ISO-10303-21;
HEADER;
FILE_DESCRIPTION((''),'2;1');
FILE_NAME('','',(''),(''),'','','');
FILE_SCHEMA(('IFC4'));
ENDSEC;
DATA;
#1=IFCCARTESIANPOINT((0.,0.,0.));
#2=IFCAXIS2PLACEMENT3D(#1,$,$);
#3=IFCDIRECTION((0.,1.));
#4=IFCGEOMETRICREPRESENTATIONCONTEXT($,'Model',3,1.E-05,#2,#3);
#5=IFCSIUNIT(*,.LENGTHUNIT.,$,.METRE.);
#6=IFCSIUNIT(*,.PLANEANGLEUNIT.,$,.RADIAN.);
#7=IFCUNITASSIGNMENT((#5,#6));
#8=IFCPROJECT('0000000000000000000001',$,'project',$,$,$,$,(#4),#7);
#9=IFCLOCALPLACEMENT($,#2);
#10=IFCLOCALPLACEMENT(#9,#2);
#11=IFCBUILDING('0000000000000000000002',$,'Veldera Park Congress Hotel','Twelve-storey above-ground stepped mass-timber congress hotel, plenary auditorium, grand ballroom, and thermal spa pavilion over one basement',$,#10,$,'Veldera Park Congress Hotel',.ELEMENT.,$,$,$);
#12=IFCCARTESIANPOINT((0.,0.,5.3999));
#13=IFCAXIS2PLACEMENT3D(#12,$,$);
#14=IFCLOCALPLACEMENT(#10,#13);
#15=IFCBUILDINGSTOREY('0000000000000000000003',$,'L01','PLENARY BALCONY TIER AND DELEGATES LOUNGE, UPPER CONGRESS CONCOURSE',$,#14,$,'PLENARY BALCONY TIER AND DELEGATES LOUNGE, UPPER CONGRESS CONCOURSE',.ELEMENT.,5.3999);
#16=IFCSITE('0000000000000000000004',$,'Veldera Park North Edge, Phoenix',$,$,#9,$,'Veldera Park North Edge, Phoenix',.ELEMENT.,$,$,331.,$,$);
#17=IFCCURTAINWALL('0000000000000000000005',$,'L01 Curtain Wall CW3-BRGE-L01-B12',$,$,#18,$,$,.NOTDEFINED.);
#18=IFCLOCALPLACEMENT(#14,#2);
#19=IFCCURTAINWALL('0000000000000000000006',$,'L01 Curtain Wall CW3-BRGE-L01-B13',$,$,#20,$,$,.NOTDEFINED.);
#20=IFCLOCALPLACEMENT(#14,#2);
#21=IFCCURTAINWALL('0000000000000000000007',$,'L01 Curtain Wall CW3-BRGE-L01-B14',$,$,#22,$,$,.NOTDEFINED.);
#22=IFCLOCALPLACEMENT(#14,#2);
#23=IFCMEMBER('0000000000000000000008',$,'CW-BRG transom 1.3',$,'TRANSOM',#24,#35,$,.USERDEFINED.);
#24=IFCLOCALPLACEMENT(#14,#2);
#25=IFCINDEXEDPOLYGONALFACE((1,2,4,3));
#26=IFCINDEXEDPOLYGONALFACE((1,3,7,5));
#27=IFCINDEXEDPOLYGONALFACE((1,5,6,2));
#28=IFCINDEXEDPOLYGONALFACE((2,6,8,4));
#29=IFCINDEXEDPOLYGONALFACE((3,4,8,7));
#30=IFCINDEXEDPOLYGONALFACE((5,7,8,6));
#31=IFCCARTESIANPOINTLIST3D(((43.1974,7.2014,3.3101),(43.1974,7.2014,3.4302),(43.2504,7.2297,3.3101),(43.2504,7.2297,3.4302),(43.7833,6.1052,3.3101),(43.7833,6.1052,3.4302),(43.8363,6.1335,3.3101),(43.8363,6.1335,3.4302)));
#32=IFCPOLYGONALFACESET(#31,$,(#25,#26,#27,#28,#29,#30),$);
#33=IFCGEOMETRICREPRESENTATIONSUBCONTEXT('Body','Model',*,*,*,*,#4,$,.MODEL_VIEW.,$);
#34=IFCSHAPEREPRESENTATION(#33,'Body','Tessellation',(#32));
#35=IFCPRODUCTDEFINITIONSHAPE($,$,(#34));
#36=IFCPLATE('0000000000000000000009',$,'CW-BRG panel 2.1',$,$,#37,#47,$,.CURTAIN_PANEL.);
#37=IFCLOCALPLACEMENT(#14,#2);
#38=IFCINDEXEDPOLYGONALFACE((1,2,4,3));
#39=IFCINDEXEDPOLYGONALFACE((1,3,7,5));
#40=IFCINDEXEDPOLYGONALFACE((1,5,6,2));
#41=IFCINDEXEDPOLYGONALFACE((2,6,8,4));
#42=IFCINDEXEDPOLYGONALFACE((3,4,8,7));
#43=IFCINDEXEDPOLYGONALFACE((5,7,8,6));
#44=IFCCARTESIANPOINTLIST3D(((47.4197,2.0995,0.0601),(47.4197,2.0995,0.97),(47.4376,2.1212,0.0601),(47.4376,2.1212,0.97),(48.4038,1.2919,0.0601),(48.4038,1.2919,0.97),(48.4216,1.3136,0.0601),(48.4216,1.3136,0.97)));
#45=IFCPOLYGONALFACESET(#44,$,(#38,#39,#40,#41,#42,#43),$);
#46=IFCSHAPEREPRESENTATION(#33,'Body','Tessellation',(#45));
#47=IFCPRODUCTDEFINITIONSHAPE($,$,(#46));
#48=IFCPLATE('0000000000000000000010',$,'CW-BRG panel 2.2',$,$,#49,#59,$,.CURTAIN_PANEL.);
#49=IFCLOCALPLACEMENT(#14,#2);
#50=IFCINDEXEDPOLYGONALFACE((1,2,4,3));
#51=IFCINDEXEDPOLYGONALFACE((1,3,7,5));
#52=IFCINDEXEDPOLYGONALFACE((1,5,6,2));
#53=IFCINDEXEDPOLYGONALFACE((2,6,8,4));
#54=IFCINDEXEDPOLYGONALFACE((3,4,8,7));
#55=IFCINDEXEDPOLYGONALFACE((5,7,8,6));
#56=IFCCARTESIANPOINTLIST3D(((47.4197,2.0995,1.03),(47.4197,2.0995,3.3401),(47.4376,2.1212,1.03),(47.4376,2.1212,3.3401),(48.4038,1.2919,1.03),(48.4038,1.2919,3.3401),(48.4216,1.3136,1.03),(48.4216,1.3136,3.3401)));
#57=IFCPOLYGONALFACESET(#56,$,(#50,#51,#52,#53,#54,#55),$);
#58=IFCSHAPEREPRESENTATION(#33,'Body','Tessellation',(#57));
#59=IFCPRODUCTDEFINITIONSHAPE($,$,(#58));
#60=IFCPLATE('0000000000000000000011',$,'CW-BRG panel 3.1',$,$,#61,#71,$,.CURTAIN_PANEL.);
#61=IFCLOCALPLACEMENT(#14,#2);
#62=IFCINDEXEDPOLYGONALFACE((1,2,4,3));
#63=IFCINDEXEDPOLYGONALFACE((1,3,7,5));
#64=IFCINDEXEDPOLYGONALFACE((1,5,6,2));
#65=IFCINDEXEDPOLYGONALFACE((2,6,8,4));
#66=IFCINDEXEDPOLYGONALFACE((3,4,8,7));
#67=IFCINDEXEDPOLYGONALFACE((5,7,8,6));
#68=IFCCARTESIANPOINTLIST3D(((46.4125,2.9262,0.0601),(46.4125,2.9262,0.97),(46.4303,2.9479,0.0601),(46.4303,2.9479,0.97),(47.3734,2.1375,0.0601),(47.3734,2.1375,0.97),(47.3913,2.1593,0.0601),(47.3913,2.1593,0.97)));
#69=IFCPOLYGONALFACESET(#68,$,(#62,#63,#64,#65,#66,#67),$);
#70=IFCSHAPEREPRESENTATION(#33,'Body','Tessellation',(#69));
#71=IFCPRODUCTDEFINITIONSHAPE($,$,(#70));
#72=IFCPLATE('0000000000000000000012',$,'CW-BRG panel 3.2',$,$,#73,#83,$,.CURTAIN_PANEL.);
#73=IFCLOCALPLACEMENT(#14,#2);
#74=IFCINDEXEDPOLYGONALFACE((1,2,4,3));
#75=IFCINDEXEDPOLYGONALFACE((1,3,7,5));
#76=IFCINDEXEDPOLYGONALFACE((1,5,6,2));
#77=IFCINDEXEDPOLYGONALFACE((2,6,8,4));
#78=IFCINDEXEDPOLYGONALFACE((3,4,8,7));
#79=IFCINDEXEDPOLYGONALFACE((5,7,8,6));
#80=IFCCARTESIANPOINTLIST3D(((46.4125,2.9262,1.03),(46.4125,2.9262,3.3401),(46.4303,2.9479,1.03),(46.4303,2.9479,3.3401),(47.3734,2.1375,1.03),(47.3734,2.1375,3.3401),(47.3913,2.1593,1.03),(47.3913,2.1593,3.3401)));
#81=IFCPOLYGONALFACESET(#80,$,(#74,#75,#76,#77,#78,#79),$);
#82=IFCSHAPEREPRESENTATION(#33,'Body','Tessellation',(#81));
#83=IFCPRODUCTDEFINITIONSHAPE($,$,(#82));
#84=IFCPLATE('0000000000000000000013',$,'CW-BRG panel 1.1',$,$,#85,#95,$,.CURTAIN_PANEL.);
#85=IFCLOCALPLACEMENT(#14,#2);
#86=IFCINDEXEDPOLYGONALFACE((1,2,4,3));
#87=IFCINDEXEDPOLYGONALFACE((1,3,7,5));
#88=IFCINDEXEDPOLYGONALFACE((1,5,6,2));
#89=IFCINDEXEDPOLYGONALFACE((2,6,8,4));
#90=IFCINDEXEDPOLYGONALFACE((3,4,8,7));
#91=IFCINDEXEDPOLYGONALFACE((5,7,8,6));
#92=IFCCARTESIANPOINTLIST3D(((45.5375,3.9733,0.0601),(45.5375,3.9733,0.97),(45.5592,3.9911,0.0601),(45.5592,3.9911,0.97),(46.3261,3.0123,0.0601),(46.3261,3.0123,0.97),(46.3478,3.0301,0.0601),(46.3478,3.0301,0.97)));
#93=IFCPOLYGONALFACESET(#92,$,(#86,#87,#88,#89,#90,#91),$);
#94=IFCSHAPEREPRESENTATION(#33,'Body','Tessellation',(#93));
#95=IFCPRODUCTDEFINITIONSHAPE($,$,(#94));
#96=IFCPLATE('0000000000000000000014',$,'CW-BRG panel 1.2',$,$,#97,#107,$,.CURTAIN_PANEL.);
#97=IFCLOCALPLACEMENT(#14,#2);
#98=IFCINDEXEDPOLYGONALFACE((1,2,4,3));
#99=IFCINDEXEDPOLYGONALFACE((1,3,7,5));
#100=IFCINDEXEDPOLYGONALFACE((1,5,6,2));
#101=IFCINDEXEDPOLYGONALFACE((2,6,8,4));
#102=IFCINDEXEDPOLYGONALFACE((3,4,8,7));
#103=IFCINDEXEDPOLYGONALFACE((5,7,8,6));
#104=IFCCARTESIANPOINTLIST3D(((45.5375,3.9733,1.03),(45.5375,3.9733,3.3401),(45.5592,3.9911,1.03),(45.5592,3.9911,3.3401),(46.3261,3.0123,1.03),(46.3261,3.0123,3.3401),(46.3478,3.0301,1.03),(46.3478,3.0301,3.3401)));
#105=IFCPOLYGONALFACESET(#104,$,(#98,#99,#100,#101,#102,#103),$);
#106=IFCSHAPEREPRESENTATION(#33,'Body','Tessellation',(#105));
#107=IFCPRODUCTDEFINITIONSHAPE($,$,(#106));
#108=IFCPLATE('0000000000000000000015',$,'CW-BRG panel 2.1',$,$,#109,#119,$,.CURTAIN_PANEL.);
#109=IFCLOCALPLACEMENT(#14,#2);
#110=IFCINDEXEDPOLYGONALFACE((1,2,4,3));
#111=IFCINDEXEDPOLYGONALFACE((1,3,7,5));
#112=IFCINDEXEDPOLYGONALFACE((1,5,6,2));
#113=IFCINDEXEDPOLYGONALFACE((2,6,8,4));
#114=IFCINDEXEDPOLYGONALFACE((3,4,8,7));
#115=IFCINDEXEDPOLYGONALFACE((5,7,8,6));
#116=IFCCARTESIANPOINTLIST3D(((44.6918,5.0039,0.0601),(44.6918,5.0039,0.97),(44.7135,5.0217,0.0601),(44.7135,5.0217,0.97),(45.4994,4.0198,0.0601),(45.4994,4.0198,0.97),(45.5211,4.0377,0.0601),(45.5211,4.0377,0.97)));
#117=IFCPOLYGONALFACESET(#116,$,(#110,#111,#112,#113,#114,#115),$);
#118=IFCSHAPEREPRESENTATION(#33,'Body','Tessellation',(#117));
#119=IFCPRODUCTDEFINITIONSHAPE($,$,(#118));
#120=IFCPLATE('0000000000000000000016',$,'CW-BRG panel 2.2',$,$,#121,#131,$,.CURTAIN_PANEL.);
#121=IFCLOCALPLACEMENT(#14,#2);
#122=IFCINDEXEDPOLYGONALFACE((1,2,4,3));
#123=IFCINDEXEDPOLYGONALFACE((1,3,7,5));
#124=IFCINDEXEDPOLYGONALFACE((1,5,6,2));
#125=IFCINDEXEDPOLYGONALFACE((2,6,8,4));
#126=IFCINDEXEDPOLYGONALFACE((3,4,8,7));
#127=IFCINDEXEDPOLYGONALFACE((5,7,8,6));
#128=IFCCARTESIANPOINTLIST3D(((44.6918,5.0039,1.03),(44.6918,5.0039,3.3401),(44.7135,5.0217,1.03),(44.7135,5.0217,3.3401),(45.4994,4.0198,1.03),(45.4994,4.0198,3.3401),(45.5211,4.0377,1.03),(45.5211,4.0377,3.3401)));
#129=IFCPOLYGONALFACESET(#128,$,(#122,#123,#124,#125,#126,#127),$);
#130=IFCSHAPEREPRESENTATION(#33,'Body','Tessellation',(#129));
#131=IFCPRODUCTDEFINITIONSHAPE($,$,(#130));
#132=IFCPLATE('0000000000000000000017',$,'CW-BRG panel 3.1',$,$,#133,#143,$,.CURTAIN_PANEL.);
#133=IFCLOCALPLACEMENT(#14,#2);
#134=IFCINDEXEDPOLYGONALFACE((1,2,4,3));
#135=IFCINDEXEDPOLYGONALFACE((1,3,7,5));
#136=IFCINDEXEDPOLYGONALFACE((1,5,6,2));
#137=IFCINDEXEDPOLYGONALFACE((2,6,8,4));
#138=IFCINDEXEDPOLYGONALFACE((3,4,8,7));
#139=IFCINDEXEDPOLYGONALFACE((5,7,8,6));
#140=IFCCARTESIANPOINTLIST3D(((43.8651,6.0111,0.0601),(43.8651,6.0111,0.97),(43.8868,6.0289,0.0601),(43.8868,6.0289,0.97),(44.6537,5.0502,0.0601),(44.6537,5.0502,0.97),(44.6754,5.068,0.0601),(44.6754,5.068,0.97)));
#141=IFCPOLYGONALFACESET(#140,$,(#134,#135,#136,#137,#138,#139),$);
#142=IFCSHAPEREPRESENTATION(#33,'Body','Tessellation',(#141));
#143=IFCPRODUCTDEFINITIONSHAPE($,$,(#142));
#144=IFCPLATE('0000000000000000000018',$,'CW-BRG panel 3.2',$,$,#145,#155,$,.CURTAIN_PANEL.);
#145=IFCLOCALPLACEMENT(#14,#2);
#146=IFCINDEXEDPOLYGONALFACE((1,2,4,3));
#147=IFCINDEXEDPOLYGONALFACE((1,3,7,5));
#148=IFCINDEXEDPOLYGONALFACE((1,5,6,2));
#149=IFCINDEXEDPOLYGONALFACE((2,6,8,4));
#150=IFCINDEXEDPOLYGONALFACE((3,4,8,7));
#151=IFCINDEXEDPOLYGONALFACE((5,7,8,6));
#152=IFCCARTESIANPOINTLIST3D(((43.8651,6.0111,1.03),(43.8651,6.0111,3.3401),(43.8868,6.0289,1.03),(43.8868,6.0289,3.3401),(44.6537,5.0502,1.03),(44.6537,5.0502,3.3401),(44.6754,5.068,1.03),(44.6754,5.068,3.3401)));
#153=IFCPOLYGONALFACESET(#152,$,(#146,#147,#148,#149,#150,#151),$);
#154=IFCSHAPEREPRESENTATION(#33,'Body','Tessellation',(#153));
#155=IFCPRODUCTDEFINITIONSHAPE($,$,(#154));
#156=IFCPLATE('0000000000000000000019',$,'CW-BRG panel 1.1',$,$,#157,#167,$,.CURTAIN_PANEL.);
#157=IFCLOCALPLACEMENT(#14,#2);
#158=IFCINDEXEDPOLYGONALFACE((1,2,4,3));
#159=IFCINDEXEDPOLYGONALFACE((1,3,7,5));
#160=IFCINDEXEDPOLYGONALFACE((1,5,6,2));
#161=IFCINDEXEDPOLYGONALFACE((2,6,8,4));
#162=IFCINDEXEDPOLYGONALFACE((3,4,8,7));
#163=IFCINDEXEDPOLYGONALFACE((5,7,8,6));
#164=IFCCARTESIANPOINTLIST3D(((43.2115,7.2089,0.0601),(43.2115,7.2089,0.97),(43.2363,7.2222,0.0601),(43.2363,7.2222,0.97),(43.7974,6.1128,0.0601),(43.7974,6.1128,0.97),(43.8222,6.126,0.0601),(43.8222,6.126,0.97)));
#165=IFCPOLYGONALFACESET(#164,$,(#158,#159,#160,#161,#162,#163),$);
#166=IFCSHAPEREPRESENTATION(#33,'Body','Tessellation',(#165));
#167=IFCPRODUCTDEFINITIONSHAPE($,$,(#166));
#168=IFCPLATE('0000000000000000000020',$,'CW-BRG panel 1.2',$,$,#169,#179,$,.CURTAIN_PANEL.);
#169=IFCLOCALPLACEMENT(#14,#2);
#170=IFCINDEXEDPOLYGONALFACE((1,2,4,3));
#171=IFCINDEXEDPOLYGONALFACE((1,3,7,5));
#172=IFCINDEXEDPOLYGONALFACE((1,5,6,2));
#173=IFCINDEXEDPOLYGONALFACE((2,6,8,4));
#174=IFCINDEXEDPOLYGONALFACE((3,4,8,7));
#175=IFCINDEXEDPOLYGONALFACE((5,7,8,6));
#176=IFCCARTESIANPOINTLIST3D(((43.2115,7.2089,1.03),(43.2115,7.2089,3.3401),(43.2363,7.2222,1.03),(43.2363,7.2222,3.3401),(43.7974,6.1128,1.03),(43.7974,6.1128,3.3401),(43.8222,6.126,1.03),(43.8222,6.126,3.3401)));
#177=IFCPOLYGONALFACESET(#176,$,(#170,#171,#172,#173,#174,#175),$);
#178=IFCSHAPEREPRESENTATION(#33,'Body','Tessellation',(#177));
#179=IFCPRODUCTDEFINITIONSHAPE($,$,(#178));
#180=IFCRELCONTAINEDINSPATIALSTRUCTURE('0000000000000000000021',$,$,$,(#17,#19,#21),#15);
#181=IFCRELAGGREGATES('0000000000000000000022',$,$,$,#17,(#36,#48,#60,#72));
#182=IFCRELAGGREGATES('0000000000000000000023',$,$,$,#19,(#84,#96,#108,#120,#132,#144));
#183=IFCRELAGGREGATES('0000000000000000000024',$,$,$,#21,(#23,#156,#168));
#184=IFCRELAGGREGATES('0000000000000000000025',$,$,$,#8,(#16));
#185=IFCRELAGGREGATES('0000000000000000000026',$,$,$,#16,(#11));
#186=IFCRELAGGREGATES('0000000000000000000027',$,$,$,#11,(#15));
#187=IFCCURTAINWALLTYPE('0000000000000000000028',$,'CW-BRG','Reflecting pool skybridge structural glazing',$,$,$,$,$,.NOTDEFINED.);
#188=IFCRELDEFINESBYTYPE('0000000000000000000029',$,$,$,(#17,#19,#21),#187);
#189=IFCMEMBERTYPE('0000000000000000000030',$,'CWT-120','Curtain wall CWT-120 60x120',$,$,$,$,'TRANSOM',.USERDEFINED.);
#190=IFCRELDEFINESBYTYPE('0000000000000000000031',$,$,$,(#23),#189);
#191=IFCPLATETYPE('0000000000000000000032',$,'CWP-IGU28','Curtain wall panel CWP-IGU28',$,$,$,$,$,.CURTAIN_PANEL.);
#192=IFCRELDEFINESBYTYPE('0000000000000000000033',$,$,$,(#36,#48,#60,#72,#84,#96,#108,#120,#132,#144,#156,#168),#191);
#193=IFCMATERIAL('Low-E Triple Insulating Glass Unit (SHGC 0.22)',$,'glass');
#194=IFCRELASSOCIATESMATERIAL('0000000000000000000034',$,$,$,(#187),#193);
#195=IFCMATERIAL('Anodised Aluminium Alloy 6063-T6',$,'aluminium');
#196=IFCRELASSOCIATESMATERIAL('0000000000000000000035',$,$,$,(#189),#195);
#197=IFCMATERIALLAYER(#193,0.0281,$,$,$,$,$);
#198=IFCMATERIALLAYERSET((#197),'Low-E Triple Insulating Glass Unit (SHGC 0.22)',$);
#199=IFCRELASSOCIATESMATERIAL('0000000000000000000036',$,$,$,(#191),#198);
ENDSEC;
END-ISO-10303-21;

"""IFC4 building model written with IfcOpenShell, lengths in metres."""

from ifc_helpers import new_model, si_unit, direction, frame, origin, origin_2d, place, context, subcontext, project, spatial, rectangle, extrude, material, layer, layer_set, material_profile, profile_set, type_object, element, aggregate, save


model = new_model("IFC4")

# Units and contexts
model_context = context("Model", 3, precision=1e-05, world=origin(), true_north=direction((0.0, 1.0)))
body_context = subcontext(model_context, "Body", "Model", "MODEL_VIEW")
ifc_project = project(units=[si_unit("LENGTHUNIT", "METRE"), si_unit("PLANEANGLEUNIT", "RADIAN")], contexts=[model_context])

# Site, building, storey
site_placement = place(None, origin())
site = spatial("IfcSite", under=ifc_project, at=site_placement, Name="Veldera Park North Edge, Phoenix", LongName="Veldera Park North Edge, Phoenix", CompositionType="ELEMENT", RefElevation=331.0)
building_placement = place(site_placement, origin())
building = spatial("IfcBuilding", under=site, at=building_placement, Name="Veldera Park Congress Hotel", Description="Twelve-storey above-ground stepped mass-timber congress hotel, plenary auditorium, grand ballroom, and thermal spa pavilion over one basement", LongName="Veldera Park Congress Hotel", CompositionType="ELEMENT")
storey_placement = place(building_placement, frame((0.0, 0.0, 5.3999)))
storey = spatial("IfcBuildingStorey", under=building, at=storey_placement, Name="L01", Description="PLENARY BALCONY TIER AND DELEGATES LOUNGE, UPPER CONGRESS CONCOURSE", LongName="PLENARY BALCONY TIER AND DELEGATES LOUNGE, UPPER CONGRESS CONCOURSE", CompositionType="ELEMENT", Elevation=5.3999)

# Curtain walls
ifc_material_1 = material(Name="Low-E Triple Insulating Glass Unit (SHGC 0.22)", Category="glass")
curtain_wall_type = type_object("IfcCurtainWallType", Name="CW-BRG", Description="Reflecting pool skybridge structural glazing", PredefinedType="NOTDEFINED", material=ifc_material_1)
curtain_wall_1_placement = place(storey_placement, origin())
curtain_wall_1 = element("IfcCurtainWall", 1, at=curtain_wall_1_placement, inside=storey, type_object=curtain_wall_type, Name="L01 Curtain Wall CW3-BRGE-L01-B12", PredefinedType="NOTDEFINED")
ifc_material_2 = material(Name="Anodised Aluminium Alloy 6063-T6", Category="aluminium")
curtain_wall_2_placement = place(storey_placement, origin())
curtain_wall_2 = element("IfcCurtainWall", 2, at=curtain_wall_2_placement, inside=storey, type_object=curtain_wall_type, Name="L01 Curtain Wall CW3-BRGE-L01-B13", PredefinedType="NOTDEFINED")

# Curtain wall
curtain_wall_3_placement = place(storey_placement, origin())
curtain_wall_3 = element("IfcCurtainWall", 3, at=curtain_wall_3_placement, inside=storey, type_object=curtain_wall_type, Name="L01 Curtain Wall CW3-BRGE-L01-B14", PredefinedType="NOTDEFINED")

# Member
ifc_material_profile_1 = material_profile(ifc_material_2, rectangle(XDim=0.0601, YDim=0.1201, at=origin_2d()), Name="ALU 60x120")
ifc_profile_set_1 = profile_set([ifc_material_profile_1], Name="Anodised Aluminium Alloy 6063-T6")
member_type_1 = type_object("IfcMemberType", Name="CWT-120", Description="Curtain wall CWT-120 60x120", ElementType="TRANSOM", PredefinedType="USERDEFINED", material=ifc_profile_set_1)
member_1_placement = place(storey_placement, frame((43.8098, 6.1194, 3.3701), z_axis=(-0.471404, 0.881918, 0.0), x_axis=(-0.881918, -0.471404, 0.0)))
member_1 = element("IfcMember", 4, at=member_1_placement, type_object=member_type_1, Name="CW-BRG transom 1.3", ObjectType="TRANSOM", PredefinedType="USERDEFINED", context=body_context, shape_type="SweptSolid", body=[
    extrude(rectangle(XDim=0.0601, YDim=0.1201, at=origin_2d()), origin(), (0.0, 0.0, 1.0), 1.2429),
])

# Plates
ifc_layer = layer(ifc_material_1, 0.0281)
ifc_layer_set = layer_set([ifc_layer], Name="Low-E Triple Insulating Glass Unit (SHGC 0.22)")
plate_type = type_object("IfcPlateType", Name="CWP-IGU28", Description="Curtain wall panel CWP-IGU28", PredefinedType="CURTAIN_PANEL", material=ifc_layer_set)
plate_1_placement = place(storey_placement, frame((47.9207, 1.7065, 0.0601), z_axis=(0.0, 0.0, 1.0), x_axis=(-0.773016, 0.634386, 0.0)))
plate_1 = element("IfcPlate", 5, at=plate_1_placement, type_object=plate_type, Name="CW-BRG panel 2.1", PredefinedType="CURTAIN_PANEL", context=body_context, shape_type="SweptSolid", body=[
    extrude(rectangle(XDim=1.2729, YDim=0.0281, at=origin_2d()), origin(), (0.0, 0.0, 1.0), 0.9099),
])
plate_2_placement = place(storey_placement, frame((47.9207, 1.7065, 1.03), z_axis=(0.0, 0.0, 1.0), x_axis=(-0.773016, 0.634386, 0.0)))
plate_2 = element("IfcPlate", 6, at=plate_2_placement, type_object=plate_type, Name="CW-BRG panel 2.2", PredefinedType="CURTAIN_PANEL", context=body_context, shape_type="SweptSolid", body=[
    extrude(rectangle(XDim=1.2729, YDim=0.0281, at=origin_2d()), origin(), (0.0, 0.0, 1.0), 2.3101),
])
plate_3_placement = place(storey_placement, frame((46.9019, 2.5427, 0.0601), z_axis=(0.0, 0.0, 1.0), x_axis=(-0.773016, 0.634386, 0.0)))
plate_3 = element("IfcPlate", 7, at=plate_3_placement, type_object=plate_type, Name="CW-BRG panel 3.1", PredefinedType="CURTAIN_PANEL", context=body_context, shape_type="SweptSolid", body=[
    extrude(rectangle(XDim=1.2432, YDim=0.0281, at=origin_2d()), origin(), (0.0, 0.0, 1.0), 0.9099),
])
plate_4_placement = place(storey_placement, frame((46.9019, 2.5427, 1.03), z_axis=(0.0, 0.0, 1.0), x_axis=(-0.773016, 0.634386, 0.0)))
plate_4 = element("IfcPlate", 8, at=plate_4_placement, type_object=plate_type, Name="CW-BRG panel 3.2", PredefinedType="CURTAIN_PANEL", context=body_context, shape_type="SweptSolid", body=[
    extrude(rectangle(XDim=1.2432, YDim=0.0281, at=origin_2d()), origin(), (0.0, 0.0, 1.0), 2.3101),
])
aggregate(curtain_wall_1, [plate_1, plate_2, plate_3, plate_4])
plate_5_placement = place(storey_placement, frame((45.9426, 3.5017, 0.0601), z_axis=(0.0, 0.0, 1.0), x_axis=(-0.634386, 0.773016, 0.0)))
plate_5 = element("IfcPlate", 9, at=plate_5_placement, type_object=plate_type, Name="CW-BRG panel 1.1", PredefinedType="CURTAIN_PANEL", context=body_context, shape_type="SweptSolid", body=[
    extrude(rectangle(XDim=1.2432, YDim=0.0281, at=origin_2d()), origin(), (0.0, 0.0, 1.0), 0.9099),
])
plate_6_placement = place(storey_placement, frame((45.9426, 3.5017, 1.03), z_axis=(0.0, 0.0, 1.0), x_axis=(-0.634386, 0.773016, 0.0)))
plate_6 = element("IfcPlate", 10, at=plate_6_placement, type_object=plate_type, Name="CW-BRG panel 1.2", PredefinedType="CURTAIN_PANEL", context=body_context, shape_type="SweptSolid", body=[
    extrude(rectangle(XDim=1.2432, YDim=0.0281, at=origin_2d()), origin(), (0.0, 0.0, 1.0), 2.3101),
])
plate_7_placement = place(storey_placement, frame((45.1064, 4.5208, 0.0601), z_axis=(0.0, 0.0, 1.0), x_axis=(-0.634386, 0.773016, 0.0)))
plate_7 = element("IfcPlate", 11, at=plate_7_placement, type_object=plate_type, Name="CW-BRG panel 2.1", PredefinedType="CURTAIN_PANEL", context=body_context, shape_type="SweptSolid", body=[
    extrude(rectangle(XDim=1.2729, YDim=0.0281, at=origin_2d()), origin(), (0.0, 0.0, 1.0), 0.9099),
])
plate_8_placement = place(storey_placement, frame((45.1064, 4.5208, 1.03), z_axis=(0.0, 0.0, 1.0), x_axis=(-0.634386, 0.773016, 0.0)))
plate_8 = element("IfcPlate", 12, at=plate_8_placement, type_object=plate_type, Name="CW-BRG panel 2.2", PredefinedType="CURTAIN_PANEL", context=body_context, shape_type="SweptSolid", body=[
    extrude(rectangle(XDim=1.2729, YDim=0.0281, at=origin_2d()), origin(), (0.0, 0.0, 1.0), 2.3101),
])
plate_9_placement = place(storey_placement, frame((44.2703, 5.5396, 0.0601), z_axis=(0.0, 0.0, 1.0), x_axis=(-0.634386, 0.773016, 0.0)))
plate_9 = element("IfcPlate", 13, at=plate_9_placement, type_object=plate_type, Name="CW-BRG panel 3.1", PredefinedType="CURTAIN_PANEL", context=body_context, shape_type="SweptSolid", body=[
    extrude(rectangle(XDim=1.2432, YDim=0.0281, at=origin_2d()), origin(), (0.0, 0.0, 1.0), 0.9099),
])
plate_10_placement = place(storey_placement, frame((44.2703, 5.5396, 1.03), z_axis=(0.0, 0.0, 1.0), x_axis=(-0.634386, 0.773016, 0.0)))
plate_10 = element("IfcPlate", 14, at=plate_10_placement, type_object=plate_type, Name="CW-BRG panel 3.2", PredefinedType="CURTAIN_PANEL", context=body_context, shape_type="SweptSolid", body=[
    extrude(rectangle(XDim=1.2432, YDim=0.0281, at=origin_2d()), origin(), (0.0, 0.0, 1.0), 2.3101),
])
aggregate(curtain_wall_2, [plate_5, plate_6, plate_7, plate_8, plate_9, plate_10])
plate_11_placement = place(storey_placement, frame((43.5168, 6.6675, 0.0601), z_axis=(0.0, 0.0, 1.0), x_axis=(-0.471384, 0.881928, 0.0)))
plate_11 = element("IfcPlate", 15, at=plate_11_placement, type_object=plate_type, Name="CW-BRG panel 1.1", PredefinedType="CURTAIN_PANEL", context=body_context, shape_type="SweptSolid", body=[
    extrude(rectangle(XDim=1.2429, YDim=0.0281, at=origin_2d()), origin(), (0.0, 0.0, 1.0), 0.9099),
])
plate_12_placement = place(storey_placement, frame((43.5168, 6.6675, 1.03), z_axis=(0.0, 0.0, 1.0), x_axis=(-0.471384, 0.881928, 0.0)))
plate_12 = element("IfcPlate", 16, at=plate_12_placement, type_object=plate_type, Name="CW-BRG panel 1.2", PredefinedType="CURTAIN_PANEL", context=body_context, shape_type="SweptSolid", body=[
    extrude(rectangle(XDim=1.2429, YDim=0.0281, at=origin_2d()), origin(), (0.0, 0.0, 1.0), 2.3101),
])
aggregate(curtain_wall_3, [member_1, plate_11, plate_12])

save(model, "model.ifc")
